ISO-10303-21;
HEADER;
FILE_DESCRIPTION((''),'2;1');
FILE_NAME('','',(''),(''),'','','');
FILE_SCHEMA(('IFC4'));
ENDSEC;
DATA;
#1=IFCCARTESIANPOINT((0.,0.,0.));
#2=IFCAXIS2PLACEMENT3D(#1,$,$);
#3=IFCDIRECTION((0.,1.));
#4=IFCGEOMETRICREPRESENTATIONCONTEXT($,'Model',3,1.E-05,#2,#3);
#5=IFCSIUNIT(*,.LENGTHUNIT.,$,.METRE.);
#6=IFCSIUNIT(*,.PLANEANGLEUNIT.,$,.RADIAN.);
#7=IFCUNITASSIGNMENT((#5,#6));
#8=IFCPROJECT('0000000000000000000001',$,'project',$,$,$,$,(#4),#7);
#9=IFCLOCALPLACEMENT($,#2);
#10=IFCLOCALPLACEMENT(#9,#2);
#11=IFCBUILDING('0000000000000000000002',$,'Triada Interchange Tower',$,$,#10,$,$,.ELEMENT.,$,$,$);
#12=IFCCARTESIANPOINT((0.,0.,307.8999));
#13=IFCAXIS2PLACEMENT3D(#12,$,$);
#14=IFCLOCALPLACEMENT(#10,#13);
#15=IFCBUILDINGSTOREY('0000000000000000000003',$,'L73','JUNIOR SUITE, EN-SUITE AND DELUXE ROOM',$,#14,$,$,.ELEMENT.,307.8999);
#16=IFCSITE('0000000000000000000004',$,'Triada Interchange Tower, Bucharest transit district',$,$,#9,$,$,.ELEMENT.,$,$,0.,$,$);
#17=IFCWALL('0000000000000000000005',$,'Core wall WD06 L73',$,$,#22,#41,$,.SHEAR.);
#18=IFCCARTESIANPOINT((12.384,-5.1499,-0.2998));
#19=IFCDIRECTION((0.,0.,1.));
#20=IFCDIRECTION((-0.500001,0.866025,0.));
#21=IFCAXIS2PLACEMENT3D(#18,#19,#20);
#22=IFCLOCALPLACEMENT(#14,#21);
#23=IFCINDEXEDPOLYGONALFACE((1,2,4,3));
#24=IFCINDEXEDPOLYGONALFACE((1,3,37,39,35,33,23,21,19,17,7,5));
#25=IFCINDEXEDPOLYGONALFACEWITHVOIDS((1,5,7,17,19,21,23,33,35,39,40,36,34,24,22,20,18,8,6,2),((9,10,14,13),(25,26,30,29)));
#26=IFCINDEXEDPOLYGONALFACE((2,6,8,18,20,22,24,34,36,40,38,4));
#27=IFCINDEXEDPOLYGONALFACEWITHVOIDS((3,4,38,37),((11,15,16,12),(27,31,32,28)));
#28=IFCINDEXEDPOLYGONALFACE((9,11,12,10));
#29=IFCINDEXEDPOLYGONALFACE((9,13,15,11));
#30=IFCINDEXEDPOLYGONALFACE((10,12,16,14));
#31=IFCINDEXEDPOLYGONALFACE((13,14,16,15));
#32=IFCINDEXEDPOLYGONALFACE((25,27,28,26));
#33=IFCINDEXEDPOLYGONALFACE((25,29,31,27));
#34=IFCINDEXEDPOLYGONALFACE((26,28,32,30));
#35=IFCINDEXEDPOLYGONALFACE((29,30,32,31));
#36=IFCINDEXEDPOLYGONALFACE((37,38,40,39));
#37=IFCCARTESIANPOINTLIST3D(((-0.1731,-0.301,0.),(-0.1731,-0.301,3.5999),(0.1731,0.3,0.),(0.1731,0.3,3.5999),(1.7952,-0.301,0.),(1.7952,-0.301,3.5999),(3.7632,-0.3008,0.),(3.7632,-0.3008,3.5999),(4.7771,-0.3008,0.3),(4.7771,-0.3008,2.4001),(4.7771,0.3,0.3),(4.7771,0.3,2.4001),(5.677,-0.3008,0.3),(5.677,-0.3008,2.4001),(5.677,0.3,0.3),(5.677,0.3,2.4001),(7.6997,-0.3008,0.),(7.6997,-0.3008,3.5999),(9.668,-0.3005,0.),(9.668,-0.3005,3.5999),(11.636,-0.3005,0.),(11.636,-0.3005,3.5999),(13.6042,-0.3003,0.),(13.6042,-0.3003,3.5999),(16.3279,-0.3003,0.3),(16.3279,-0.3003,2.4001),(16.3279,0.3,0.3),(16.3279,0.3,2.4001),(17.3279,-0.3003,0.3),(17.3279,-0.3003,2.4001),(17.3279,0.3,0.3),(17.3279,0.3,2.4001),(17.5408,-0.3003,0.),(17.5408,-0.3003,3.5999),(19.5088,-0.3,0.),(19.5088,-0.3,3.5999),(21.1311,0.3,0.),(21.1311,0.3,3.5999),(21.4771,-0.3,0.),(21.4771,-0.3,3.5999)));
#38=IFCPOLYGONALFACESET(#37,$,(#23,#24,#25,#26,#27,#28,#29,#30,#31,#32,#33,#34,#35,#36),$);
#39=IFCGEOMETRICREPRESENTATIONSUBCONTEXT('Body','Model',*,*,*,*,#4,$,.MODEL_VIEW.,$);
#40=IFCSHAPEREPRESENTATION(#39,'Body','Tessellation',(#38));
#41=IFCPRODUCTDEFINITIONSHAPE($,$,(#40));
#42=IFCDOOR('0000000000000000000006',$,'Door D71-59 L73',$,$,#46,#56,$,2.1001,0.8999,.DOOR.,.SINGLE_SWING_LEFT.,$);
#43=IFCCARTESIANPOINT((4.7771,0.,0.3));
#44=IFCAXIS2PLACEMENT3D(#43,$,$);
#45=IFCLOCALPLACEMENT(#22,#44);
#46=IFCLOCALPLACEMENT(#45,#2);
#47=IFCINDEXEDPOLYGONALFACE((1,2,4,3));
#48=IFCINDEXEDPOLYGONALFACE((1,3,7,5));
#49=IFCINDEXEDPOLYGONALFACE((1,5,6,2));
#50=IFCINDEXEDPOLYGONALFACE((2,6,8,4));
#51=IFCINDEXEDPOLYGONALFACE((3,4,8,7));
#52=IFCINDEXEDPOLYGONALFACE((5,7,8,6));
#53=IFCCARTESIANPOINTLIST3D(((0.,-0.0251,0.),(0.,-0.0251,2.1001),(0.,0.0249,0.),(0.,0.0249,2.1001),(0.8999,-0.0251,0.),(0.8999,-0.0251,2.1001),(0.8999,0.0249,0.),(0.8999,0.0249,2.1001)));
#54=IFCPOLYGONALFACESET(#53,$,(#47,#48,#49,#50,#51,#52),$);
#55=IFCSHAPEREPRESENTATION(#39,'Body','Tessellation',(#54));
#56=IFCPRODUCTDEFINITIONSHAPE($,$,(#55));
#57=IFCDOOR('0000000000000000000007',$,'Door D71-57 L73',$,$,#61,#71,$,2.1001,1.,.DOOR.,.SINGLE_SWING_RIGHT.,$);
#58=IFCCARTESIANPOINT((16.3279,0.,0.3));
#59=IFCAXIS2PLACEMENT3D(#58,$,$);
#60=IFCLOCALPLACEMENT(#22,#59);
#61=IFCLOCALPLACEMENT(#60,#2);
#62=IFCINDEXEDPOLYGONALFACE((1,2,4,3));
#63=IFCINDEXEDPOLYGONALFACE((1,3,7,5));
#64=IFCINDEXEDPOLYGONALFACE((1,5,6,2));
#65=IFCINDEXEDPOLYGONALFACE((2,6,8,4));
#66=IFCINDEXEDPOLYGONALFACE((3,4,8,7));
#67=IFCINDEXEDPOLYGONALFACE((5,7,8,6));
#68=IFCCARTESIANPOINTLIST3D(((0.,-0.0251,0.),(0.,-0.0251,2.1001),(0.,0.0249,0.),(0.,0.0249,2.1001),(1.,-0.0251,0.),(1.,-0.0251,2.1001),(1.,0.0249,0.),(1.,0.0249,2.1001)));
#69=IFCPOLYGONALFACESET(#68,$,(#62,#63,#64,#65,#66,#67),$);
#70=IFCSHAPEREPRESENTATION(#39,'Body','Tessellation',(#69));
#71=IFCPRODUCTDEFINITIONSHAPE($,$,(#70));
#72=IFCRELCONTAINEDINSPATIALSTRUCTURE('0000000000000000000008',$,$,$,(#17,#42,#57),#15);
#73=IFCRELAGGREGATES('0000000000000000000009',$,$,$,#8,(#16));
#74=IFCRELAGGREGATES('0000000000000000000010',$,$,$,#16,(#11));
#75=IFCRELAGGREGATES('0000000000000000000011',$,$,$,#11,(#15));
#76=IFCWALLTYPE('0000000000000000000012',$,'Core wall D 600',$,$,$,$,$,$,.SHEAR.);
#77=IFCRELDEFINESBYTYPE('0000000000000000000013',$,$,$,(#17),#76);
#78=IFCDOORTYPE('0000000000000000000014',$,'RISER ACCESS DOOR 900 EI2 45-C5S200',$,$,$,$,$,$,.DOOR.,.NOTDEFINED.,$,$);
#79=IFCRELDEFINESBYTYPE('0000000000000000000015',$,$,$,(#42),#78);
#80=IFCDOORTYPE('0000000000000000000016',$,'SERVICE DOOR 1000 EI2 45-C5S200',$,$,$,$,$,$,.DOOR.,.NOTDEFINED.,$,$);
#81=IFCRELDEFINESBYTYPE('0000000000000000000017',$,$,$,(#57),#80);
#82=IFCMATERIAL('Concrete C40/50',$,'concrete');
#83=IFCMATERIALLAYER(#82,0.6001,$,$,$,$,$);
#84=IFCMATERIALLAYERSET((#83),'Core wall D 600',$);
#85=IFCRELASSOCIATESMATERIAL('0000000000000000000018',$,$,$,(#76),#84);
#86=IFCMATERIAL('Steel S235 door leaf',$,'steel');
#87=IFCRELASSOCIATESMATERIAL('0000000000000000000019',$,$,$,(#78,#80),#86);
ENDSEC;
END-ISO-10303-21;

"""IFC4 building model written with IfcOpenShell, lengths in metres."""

from ifc_helpers import new_model, si_unit, direction, frame, frame_2d, origin, place, context, subcontext, project, spatial, polyline, rectangle, outline, extrude, material, layer, layer_set, type_object, element, fill, save


model = new_model("IFC4")

# Units and contexts
model_context = context("Model", 3, precision=1e-05, world=origin(), true_north=direction((0.0, 1.0)))
body_context = subcontext(model_context, "Body", "Model", "MODEL_VIEW")
ifc_project = project(units=[si_unit("LENGTHUNIT", "METRE"), si_unit("PLANEANGLEUNIT", "RADIAN")], contexts=[model_context])

# Site, building, storey
site_placement = place(None, origin())
site = spatial("IfcSite", under=ifc_project, at=site_placement, Name="Triada Interchange Tower, Bucharest transit district", CompositionType="ELEMENT", RefElevation=0.0)
building_placement = place(site_placement, origin())
building = spatial("IfcBuilding", under=site, at=building_placement, Name="Triada Interchange Tower", CompositionType="ELEMENT")
storey_placement = place(building_placement, frame((0.0, 0.0, 307.8999)))
storey = spatial("IfcBuildingStorey", under=building, at=storey_placement, Name="L73", Description="JUNIOR SUITE, EN-SUITE AND DELUXE ROOM", CompositionType="ELEMENT", Elevation=307.8999)

# Shared definitions
ifc_material_1 = material(Name="Steel S235 door leaf", Category="steel")

# Shared definitions
ifc_material_2 = material(Name="Concrete C40/50", Category="concrete")
ifc_layer_1 = layer(ifc_material_2, 0.6001)
ifc_layer_set_1 = layer_set([ifc_layer_1], Name="Core wall D 600")
wall_type_1 = type_object("IfcWallType", Name="Core wall D 600", PredefinedType="SHEAR", material=ifc_layer_set_1)

# Wall, openings, doors
wall_1_placement = place(storey_placement, frame((12.384, -5.1499, -0.2998), z_axis=(0.0, 0.0, 1.0), x_axis=(-0.500001, 0.866025, 0.0)))
wall_1 = element("IfcWall", 1, at=wall_1_placement, inside=storey, type_object=wall_type_1, Name="Core wall WD06 L73", PredefinedType="SHEAR", context=body_context, shape_type="SweptSolid", body=[
    extrude(outline(polyline([(-0.1731, -0.301), (1.7952, -0.301), (3.7632, -0.3008), (5.7314, -0.3008), (7.6997, -0.3008), (9.668, -0.3005), (11.636, -0.3005), (13.6042, -0.3003), (15.5725, -0.3003), (17.5408, -0.3003), (19.5088, -0.3), (21.4771, -0.3), (21.1311, 0.3), (19.2258, 0.3), (17.3206, 0.3), (15.4153, 0.3), (13.51, 0.3), (11.6047, 0.3), (9.6995, 0.3), (7.7942, 0.3), (5.8889, 0.3), (3.9836, 0.3), (2.0784, 0.3), (0.1731, 0.3), (-0.1731, -0.301)])), origin(), (0.0, 0.0, 1.0), 3.5999),
])
opening_1_placement = place(wall_1_placement, frame((16.3279, 0.0, 0.3)))
opening_1 = element("IfcOpeningElement", 2, at=opening_1_placement, cuts=wall_1, PredefinedType="OPENING", context=body_context, shape_type="SweptSolid", body=[
    extrude(rectangle(XDim=1.0, YDim=2.1001, at=frame_2d((0.5, 1.05))), frame((0.0, 0.3101, 0.0), z_axis=(0.0, -1.0, 0.0), x_axis=(1.0, 0.0, 0.0)), (0.0, 0.0, 1.0), 0.6211),
])
opening_2_placement = place(wall_1_placement, frame((4.7771, 0.0, 0.3)))
opening_2 = element("IfcOpeningElement", 3, at=opening_2_placement, cuts=wall_1, PredefinedType="OPENING", context=body_context, shape_type="SweptSolid", body=[
    extrude(rectangle(XDim=0.8999, YDim=2.1001, at=frame_2d((0.45, 1.05))), frame((0.0, 0.3101, 0.0), z_axis=(0.0, -1.0, 0.0), x_axis=(1.0, 0.0, 0.0)), (0.0, 0.0, 1.0), 0.6211),
])
door_type_1 = type_object("IfcDoorType", Name="RISER ACCESS DOOR 900 EI2 45-C5S200", OperationType="NOTDEFINED", PredefinedType="DOOR", material=ifc_material_1)
door_1_placement = place(opening_2_placement, origin())
door_1 = element("IfcDoor", 4, at=door_1_placement, inside=storey, type_object=door_type_1, Name="Door D71-59 L73", OperationType="SINGLE_SWING_LEFT", OverallHeight=2.1001, OverallWidth=0.8999, PredefinedType="DOOR", context=body_context, shape_type="SweptSolid", body=[
    extrude(rectangle(XDim=0.8999, YDim=2.1001, at=frame_2d((0.45, 1.05))), frame((0.0, 0.0249, 0.0), z_axis=(0.0, -1.0, 0.0), x_axis=(1.0, 0.0, 0.0)), (0.0, 0.0, 1.0), 0.05),
])
fill(opening_2, door_1)
door_type_2 = type_object("IfcDoorType", Name="SERVICE DOOR 1000 EI2 45-C5S200", OperationType="NOTDEFINED", PredefinedType="DOOR", material=ifc_material_1)
door_2_placement = place(opening_1_placement, origin())
door_2 = element("IfcDoor", 5, at=door_2_placement, inside=storey, type_object=door_type_2, Name="Door D71-57 L73", OperationType="SINGLE_SWING_RIGHT", OverallHeight=2.1001, OverallWidth=1.0, PredefinedType="DOOR", context=body_context, shape_type="SweptSolid", body=[
    extrude(rectangle(XDim=1.0, YDim=2.1001, at=frame_2d((0.5, 1.05))), frame((0.0, 0.0249, 0.0), z_axis=(0.0, -1.0, 0.0), x_axis=(1.0, 0.0, 0.0)), (0.0, 0.0, 1.0), 0.05),
])
fill(opening_1, door_2)

save(model, "model.ifc")
